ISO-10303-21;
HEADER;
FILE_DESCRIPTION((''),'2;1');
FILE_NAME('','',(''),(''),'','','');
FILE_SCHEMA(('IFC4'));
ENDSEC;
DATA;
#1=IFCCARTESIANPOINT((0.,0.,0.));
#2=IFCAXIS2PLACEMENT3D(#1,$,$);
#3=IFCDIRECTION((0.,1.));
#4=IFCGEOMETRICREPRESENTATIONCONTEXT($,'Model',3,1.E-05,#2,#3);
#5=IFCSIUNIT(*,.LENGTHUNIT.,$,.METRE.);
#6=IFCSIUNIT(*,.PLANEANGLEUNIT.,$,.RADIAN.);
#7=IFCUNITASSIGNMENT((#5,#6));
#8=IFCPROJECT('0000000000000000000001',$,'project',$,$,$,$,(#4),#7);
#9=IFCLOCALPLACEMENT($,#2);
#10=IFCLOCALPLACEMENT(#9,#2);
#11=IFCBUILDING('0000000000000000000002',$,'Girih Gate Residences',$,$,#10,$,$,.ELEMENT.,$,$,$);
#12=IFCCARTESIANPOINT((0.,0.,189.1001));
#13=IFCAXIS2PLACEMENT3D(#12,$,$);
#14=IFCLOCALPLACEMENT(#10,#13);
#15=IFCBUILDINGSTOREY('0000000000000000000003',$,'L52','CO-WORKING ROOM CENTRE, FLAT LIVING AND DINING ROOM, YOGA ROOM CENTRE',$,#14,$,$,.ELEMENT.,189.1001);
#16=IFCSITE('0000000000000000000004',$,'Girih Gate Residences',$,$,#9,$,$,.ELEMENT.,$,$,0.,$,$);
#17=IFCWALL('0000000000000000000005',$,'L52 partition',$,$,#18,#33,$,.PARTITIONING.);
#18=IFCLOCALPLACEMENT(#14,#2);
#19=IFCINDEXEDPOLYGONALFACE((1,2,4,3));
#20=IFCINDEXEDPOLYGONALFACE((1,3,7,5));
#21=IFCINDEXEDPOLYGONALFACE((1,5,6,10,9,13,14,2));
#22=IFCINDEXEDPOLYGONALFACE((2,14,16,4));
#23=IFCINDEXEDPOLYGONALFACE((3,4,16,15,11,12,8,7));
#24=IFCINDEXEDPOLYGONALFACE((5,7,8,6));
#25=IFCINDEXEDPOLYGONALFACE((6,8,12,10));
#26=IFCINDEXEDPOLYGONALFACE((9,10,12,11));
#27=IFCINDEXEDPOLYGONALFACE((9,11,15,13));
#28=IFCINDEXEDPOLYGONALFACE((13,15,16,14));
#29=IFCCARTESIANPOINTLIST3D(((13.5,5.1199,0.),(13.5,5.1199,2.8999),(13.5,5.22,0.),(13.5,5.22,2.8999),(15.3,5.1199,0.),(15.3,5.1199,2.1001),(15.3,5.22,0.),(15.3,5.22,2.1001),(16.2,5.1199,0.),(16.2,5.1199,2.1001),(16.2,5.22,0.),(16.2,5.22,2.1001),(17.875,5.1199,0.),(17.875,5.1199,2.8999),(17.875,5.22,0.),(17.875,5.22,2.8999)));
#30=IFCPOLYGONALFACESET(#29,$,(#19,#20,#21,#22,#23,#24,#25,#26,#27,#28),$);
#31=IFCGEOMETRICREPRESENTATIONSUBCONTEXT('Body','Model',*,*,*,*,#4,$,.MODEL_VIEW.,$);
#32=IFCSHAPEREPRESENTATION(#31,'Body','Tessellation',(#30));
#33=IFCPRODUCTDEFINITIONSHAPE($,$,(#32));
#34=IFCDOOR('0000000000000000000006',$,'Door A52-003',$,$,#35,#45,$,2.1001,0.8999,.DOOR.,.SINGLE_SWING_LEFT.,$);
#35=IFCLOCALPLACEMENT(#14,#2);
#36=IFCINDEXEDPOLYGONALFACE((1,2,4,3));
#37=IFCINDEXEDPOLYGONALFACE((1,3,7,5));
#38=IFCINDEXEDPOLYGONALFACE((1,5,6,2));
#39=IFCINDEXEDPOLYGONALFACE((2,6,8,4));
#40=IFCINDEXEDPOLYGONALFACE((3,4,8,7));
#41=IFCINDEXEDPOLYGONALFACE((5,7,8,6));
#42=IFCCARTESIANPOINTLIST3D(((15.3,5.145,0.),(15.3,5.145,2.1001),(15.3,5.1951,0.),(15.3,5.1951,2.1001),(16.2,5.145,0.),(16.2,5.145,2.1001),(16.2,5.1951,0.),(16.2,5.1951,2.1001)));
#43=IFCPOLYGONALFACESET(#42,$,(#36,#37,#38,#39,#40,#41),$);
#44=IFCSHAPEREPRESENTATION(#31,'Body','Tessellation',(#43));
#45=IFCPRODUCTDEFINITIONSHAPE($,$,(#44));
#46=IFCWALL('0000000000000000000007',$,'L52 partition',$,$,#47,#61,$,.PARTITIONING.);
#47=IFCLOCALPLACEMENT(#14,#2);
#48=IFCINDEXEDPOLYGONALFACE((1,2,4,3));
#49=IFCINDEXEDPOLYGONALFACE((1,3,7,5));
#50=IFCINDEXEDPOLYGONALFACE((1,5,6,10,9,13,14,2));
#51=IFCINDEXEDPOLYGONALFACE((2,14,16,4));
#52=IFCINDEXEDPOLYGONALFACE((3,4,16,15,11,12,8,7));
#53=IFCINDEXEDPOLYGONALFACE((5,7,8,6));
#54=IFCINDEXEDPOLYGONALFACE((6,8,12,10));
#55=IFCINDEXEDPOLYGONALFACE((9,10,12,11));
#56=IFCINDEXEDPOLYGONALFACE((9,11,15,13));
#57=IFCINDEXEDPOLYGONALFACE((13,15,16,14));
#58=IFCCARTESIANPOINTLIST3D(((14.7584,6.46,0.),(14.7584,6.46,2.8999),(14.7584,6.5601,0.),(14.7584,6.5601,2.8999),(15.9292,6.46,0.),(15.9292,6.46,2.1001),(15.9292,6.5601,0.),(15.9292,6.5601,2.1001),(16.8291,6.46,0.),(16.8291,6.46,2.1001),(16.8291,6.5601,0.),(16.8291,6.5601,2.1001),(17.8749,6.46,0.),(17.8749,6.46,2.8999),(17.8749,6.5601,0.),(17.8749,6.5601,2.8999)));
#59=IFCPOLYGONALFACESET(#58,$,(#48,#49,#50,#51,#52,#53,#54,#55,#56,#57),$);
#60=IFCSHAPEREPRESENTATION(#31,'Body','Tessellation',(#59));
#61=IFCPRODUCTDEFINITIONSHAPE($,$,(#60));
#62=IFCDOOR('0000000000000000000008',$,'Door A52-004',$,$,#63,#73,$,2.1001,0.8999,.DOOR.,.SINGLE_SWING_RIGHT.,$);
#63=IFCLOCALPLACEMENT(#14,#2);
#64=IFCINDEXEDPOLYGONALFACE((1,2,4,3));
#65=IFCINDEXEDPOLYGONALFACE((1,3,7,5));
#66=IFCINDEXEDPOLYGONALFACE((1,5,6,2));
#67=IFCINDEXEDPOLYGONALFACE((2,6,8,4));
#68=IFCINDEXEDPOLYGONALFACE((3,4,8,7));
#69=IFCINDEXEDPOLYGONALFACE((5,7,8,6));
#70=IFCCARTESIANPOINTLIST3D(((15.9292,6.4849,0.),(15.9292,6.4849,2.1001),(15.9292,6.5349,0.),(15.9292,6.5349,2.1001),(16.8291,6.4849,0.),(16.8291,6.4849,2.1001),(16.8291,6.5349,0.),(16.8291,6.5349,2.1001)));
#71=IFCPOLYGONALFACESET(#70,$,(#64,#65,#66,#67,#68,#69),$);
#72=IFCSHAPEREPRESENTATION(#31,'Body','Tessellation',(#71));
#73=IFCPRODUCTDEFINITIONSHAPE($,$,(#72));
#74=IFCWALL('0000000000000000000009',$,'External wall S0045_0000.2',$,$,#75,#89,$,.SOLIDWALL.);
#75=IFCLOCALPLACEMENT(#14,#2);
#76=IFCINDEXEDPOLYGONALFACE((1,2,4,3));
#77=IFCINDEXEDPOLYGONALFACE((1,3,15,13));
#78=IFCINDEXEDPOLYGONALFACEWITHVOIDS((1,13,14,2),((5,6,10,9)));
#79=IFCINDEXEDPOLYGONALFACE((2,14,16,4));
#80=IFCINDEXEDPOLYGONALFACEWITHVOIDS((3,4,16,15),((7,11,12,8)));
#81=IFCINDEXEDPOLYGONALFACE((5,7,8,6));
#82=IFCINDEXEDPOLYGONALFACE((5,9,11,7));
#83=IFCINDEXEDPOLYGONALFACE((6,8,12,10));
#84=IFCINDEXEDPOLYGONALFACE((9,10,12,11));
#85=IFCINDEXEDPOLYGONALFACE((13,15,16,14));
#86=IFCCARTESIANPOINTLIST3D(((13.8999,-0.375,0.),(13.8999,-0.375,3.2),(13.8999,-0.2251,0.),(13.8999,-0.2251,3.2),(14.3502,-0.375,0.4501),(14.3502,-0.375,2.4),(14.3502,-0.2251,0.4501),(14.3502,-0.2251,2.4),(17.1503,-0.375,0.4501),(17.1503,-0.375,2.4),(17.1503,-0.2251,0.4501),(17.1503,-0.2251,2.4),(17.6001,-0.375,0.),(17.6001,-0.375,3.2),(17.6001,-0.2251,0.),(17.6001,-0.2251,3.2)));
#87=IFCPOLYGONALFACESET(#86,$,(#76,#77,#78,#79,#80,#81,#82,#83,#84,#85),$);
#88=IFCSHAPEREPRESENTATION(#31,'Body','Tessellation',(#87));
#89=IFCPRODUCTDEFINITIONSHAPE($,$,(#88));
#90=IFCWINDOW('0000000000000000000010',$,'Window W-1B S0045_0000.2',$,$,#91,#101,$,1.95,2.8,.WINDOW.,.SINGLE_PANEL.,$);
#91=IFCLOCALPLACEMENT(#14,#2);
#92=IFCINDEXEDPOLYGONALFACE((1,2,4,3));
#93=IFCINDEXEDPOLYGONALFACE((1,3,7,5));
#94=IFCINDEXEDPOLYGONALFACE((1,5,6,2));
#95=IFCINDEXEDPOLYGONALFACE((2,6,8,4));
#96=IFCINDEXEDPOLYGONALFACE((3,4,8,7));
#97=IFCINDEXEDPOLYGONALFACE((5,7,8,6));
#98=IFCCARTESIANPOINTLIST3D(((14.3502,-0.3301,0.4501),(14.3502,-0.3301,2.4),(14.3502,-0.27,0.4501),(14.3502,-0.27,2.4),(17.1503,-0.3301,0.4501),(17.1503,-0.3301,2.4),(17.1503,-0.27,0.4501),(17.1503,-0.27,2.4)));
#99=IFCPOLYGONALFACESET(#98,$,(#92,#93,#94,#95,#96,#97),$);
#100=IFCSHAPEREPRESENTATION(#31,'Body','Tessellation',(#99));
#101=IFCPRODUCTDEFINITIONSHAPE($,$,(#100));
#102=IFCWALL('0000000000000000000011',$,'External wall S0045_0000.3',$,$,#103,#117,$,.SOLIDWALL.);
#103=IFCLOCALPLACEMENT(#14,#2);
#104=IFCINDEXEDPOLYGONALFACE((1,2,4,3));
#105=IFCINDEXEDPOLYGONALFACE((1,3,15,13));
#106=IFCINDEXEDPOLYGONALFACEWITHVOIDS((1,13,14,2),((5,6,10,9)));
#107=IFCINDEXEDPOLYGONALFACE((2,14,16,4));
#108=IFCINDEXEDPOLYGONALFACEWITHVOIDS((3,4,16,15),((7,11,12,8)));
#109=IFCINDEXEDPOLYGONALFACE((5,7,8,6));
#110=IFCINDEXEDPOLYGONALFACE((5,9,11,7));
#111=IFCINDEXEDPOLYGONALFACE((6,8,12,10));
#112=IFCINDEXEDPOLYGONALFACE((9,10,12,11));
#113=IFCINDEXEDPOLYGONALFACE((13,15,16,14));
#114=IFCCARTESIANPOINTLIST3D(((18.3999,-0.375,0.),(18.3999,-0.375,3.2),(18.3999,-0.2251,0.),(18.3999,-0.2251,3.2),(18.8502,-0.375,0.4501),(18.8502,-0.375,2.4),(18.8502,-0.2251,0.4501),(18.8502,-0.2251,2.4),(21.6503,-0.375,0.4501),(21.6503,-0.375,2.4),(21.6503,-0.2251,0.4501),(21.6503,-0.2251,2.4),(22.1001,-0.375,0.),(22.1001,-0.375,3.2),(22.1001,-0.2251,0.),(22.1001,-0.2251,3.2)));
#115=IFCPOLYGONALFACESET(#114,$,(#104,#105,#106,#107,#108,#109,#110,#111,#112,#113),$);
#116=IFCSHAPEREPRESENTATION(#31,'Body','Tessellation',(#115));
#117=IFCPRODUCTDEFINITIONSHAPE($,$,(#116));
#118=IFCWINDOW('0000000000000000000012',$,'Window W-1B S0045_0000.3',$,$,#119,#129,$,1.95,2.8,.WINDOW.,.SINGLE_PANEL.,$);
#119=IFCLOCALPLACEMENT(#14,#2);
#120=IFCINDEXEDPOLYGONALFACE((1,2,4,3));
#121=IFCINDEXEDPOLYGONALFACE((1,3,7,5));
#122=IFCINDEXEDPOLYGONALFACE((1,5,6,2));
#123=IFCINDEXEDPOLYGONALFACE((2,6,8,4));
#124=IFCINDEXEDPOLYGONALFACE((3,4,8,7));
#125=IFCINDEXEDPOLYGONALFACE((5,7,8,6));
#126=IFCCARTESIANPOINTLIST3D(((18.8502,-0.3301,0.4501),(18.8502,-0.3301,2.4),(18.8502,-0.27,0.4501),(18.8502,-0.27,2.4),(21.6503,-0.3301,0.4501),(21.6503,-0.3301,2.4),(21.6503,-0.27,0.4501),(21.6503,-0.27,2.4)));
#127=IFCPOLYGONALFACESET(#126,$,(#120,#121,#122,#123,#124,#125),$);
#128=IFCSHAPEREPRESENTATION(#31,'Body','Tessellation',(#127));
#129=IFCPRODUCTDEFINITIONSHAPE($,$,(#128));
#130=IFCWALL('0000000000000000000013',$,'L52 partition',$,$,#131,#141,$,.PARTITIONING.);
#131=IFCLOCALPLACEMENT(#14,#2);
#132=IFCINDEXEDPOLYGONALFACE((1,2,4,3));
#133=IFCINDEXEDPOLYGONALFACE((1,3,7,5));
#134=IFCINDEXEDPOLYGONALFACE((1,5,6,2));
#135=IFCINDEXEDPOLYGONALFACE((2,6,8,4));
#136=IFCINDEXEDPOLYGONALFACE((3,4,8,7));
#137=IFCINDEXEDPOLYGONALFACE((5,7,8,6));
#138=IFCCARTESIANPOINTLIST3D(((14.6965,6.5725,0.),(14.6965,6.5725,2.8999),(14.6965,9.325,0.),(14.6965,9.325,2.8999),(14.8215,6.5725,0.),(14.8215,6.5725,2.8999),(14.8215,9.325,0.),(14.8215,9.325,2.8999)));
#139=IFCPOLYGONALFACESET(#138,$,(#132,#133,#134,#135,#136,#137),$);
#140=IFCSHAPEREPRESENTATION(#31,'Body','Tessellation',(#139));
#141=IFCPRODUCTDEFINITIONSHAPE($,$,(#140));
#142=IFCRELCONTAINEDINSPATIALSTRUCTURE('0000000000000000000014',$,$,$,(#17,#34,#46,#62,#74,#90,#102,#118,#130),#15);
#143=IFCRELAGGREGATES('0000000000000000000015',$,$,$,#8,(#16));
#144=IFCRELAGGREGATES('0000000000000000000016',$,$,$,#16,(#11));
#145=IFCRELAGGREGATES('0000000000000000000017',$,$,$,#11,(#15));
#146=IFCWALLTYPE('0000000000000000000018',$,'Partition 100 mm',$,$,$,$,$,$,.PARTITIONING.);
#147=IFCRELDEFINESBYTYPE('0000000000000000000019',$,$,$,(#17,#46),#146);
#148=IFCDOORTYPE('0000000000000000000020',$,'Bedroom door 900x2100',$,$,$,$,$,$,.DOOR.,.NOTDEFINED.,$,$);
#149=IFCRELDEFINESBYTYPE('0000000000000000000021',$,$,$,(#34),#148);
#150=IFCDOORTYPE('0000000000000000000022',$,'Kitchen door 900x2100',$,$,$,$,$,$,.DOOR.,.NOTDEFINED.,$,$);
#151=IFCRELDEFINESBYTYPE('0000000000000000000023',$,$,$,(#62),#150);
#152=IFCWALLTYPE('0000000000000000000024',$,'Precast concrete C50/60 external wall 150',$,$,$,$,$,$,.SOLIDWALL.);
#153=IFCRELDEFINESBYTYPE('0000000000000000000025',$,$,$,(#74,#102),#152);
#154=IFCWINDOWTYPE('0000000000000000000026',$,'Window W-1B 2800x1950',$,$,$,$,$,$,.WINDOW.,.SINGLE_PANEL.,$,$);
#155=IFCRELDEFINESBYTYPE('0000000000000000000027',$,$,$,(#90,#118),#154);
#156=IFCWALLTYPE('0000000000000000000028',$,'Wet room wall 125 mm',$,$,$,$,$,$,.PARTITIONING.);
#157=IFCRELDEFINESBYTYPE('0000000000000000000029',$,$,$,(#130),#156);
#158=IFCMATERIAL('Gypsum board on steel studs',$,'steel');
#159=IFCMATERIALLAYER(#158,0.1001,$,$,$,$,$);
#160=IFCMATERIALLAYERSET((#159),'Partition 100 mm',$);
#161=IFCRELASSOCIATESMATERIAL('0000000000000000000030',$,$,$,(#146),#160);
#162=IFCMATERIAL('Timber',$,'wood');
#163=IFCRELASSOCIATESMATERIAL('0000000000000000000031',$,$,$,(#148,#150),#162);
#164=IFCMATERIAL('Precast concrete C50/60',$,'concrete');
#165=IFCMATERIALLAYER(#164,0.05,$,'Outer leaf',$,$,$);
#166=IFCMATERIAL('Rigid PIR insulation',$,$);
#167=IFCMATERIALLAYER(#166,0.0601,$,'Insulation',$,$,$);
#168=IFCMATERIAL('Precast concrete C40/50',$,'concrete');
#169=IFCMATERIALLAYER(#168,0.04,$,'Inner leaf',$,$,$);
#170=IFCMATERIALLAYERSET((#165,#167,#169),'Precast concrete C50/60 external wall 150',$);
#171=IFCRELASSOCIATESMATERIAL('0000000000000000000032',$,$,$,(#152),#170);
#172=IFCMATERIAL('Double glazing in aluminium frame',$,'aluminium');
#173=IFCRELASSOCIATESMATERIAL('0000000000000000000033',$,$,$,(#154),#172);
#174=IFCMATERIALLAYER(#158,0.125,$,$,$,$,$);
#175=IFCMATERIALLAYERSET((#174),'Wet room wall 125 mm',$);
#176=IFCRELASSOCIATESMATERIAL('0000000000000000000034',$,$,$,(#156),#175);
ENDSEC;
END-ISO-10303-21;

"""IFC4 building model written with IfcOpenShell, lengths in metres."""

from ifc_helpers import new_model, si_unit, direction, frame, frame_2d, origin, place, context, subcontext, project, spatial, rectangle, extrude, material, layer, layer_set, type_object, element, fill, save


model = new_model("IFC4")

# Units and contexts
model_context = context("Model", 3, precision=1e-05, world=origin(), true_north=direction((0.0, 1.0)))
body_context = subcontext(model_context, "Body", "Model", "MODEL_VIEW")
ifc_project = project(units=[si_unit("LENGTHUNIT", "METRE"), si_unit("PLANEANGLEUNIT", "RADIAN")], contexts=[model_context])

# Site, building, storey
site_placement = place(None, origin())
site = spatial("IfcSite", under=ifc_project, at=site_placement, Name="Girih Gate Residences", CompositionType="ELEMENT", RefElevation=0.0)
building_placement = place(site_placement, origin())
building = spatial("IfcBuilding", under=site, at=building_placement, Name="Girih Gate Residences", CompositionType="ELEMENT")
storey_placement = place(building_placement, frame((0.0, 0.0, 189.1001)))
storey = spatial("IfcBuildingStorey", under=building, at=storey_placement, Name="L52", Description="CO-WORKING ROOM CENTRE, FLAT LIVING AND DINING ROOM, YOGA ROOM CENTRE", CompositionType="ELEMENT", Elevation=189.1001)

# Shared definitions
ifc_material_1 = material(Name="Gypsum board on steel studs", Category="steel")
ifc_layer_1 = layer(ifc_material_1, 0.1001)
ifc_layer_set_1 = layer_set([ifc_layer_1], Name="Partition 100 mm")
wall_type_1 = type_object("IfcWallType", Name="Partition 100 mm", PredefinedType="PARTITIONING", material=ifc_layer_set_1)

# Walls, openings, doors
ifc_material_2 = material(Name="Timber", Category="wood")
door_type_1 = type_object("IfcDoorType", Name="Bedroom door 900x2100", OperationType="NOTDEFINED", PredefinedType="DOOR", material=ifc_material_2)
wall_1_placement = place(storey_placement, frame((17.875, 5.1699, 0.0), z_axis=(0.0, 0.0, 1.0), x_axis=(-1.0, 0.0, 0.0)))
wall_1 = element("IfcWall", 1, at=wall_1_placement, inside=storey, type_object=wall_type_1, Name="L52 partition", PredefinedType="PARTITIONING", context=body_context, shape_type="SweptSolid", body=[
    extrude(rectangle(XDim=4.375, YDim=0.1001, at=frame_2d((2.1875, 0.0))), origin(), (0.0, 0.0, 1.0), 2.8999),
])
opening_1_placement = place(wall_1_placement, frame((1.675, 0.0, 0.0)))
opening_1 = element("IfcOpeningElement", 2, at=opening_1_placement, cuts=wall_1, PredefinedType="OPENING", context=body_context, shape_type="SweptSolid", body=[
    extrude(rectangle(XDim=0.8999, YDim=2.1001, at=frame_2d((0.45, 1.05))), frame((0.0, 0.0601, 0.0), z_axis=(0.0, -1.0, 0.0), x_axis=(1.0, 0.0, 0.0)), (0.0, 0.0, 1.0), 0.1201),
])
door_1_placement = place(opening_1_placement, origin())
door_1 = element("IfcDoor", 3, at=door_1_placement, inside=storey, type_object=door_type_1, Name="Door A52-003", OperationType="SINGLE_SWING_LEFT", OverallHeight=2.1001, OverallWidth=0.8999, PredefinedType="DOOR", context=body_context, shape_type="SweptSolid", body=[
    extrude(rectangle(XDim=0.8999, YDim=2.1001, at=frame_2d((0.45, 1.05))), frame((0.0, 0.0249, 0.0), z_axis=(0.0, -1.0, 0.0), x_axis=(1.0, 0.0, 0.0)), (0.0, 0.0, 1.0), 0.05),
])
fill(opening_1, door_1)
wall_2_placement = place(storey_placement, frame((14.7585, 6.51, 0.0), z_axis=(0.0, 0.0, 1.0), x_axis=(1.0, 0.0, 0.0)))
wall_2 = element("IfcWall", 4, at=wall_2_placement, inside=storey, type_object=wall_type_1, Name="L52 partition", PredefinedType="PARTITIONING", context=body_context, shape_type="SweptSolid", body=[
    extrude(rectangle(XDim=3.1165, YDim=0.1001, at=frame_2d((1.5581, 0.0))), origin(), (0.0, 0.0, 1.0), 2.8999),
])
opening_2_placement = place(wall_2_placement, frame((1.1707, 0.0, 0.0)))
opening_2 = element("IfcOpeningElement", 5, at=opening_2_placement, cuts=wall_2, PredefinedType="OPENING", context=body_context, shape_type="SweptSolid", body=[
    extrude(rectangle(XDim=0.8999, YDim=2.1001, at=frame_2d((0.45, 1.05))), frame((0.0, 0.0601, 0.0), z_axis=(0.0, -1.0, 0.0), x_axis=(1.0, 0.0, 0.0)), (0.0, 0.0, 1.0), 0.1201),
])
door_type_2 = type_object("IfcDoorType", Name="Kitchen door 900x2100", OperationType="NOTDEFINED", PredefinedType="DOOR", material=ifc_material_2)
door_2_placement = place(opening_2_placement, origin())
door_2 = element("IfcDoor", 6, at=door_2_placement, inside=storey, type_object=door_type_2, Name="Door A52-004", OperationType="SINGLE_SWING_RIGHT", OverallHeight=2.1001, OverallWidth=0.8999, PredefinedType="DOOR", context=body_context, shape_type="SweptSolid", body=[
    extrude(rectangle(XDim=0.8999, YDim=2.1001, at=frame_2d((0.45, 1.05))), frame((0.0, 0.0249, 0.0), z_axis=(0.0, -1.0, 0.0), x_axis=(1.0, 0.0, 0.0)), (0.0, 0.0, 1.0), 0.05),
])
fill(opening_2, door_2)

# Walls, openings, windows
ifc_material_3 = material(Name="Precast concrete C50/60", Category="concrete")
ifc_layer_2 = layer(ifc_material_3, 0.05, Name="Outer leaf")
ifc_material_4 = material(Name="Rigid PIR insulation")
ifc_layer_3 = layer(ifc_material_4, 0.0601, Name="Insulation")
ifc_material_5 = material(Name="Precast concrete C40/50", Category="concrete")
ifc_layer_4 = layer(ifc_material_5, 0.04, Name="Inner leaf")
ifc_layer_set_2 = layer_set([ifc_layer_2, ifc_layer_3, ifc_layer_4], Name="Precast concrete C50/60 external wall 150")
wall_type_2 = type_object("IfcWallType", Name="Precast concrete C50/60 external wall 150", PredefinedType="SOLIDWALL", material=ifc_layer_set_2)
wall_3_placement = place(storey_placement, frame((17.6001, -0.3, 0.0), z_axis=(0.0, 0.0, 1.0), x_axis=(-1.0, 0.0, 0.0)))
wall_3 = element("IfcWall", 7, at=wall_3_placement, inside=storey, type_object=wall_type_2, Name="External wall S0045_0000.2", PredefinedType="SOLIDWALL", context=body_context, shape_type="SweptSolid", body=[
    extrude(rectangle(XDim=3.7002, YDim=0.1499, at=frame_2d((1.8501, 0.0))), origin(), (0.0, 0.0, 1.0), 3.2),
])
opening_3_placement = place(wall_3_placement, frame((0.45, 0.0, 0.45)))
opening_3 = element("IfcOpeningElement", 8, at=opening_3_placement, cuts=wall_3, PredefinedType="OPENING", context=body_context, shape_type="SweptSolid", body=[
    extrude(rectangle(XDim=2.8, YDim=1.95, at=frame_2d((1.3999, 0.9751))), frame((0.0, 0.085, 0.0), z_axis=(0.0, -1.0, 0.0), x_axis=(1.0, 0.0, 0.0)), (0.0, 0.0, 1.0), 0.1699),
])
ifc_material_6 = material(Name="Double glazing in aluminium frame", Category="aluminium")
window_type = type_object("IfcWindowType", Name="Window W-1B 2800x1950", PartitioningType="SINGLE_PANEL", PredefinedType="WINDOW", material=ifc_material_6)
window_1_placement = place(opening_3_placement, origin())
window_1 = element("IfcWindow", 9, at=window_1_placement, inside=storey, type_object=window_type, Name="Window W-1B S0045_0000.2", OverallHeight=1.95, OverallWidth=2.8, PartitioningType="SINGLE_PANEL", PredefinedType="WINDOW", context=body_context, shape_type="SweptSolid", body=[
    extrude(rectangle(XDim=2.8, YDim=1.95, at=frame_2d((1.3999, 0.9751))), frame((0.0, 0.03, 0.0), z_axis=(0.0, -1.0, 0.0), x_axis=(1.0, 0.0, 0.0)), (0.0, 0.0, 1.0), 0.0601),
])
fill(opening_3, window_1)
wall_4_placement = place(storey_placement, frame((22.1001, -0.3, 0.0), z_axis=(0.0, 0.0, 1.0), x_axis=(-1.0, 0.0, 0.0)))
wall_4 = element("IfcWall", 10, at=wall_4_placement, inside=storey, type_object=wall_type_2, Name="External wall S0045_0000.3", PredefinedType="SOLIDWALL", context=body_context, shape_type="SweptSolid", body=[
    extrude(rectangle(XDim=3.7002, YDim=0.1499, at=frame_2d((1.8501, 0.0))), origin(), (0.0, 0.0, 1.0), 3.2),
])
opening_4_placement = place(wall_4_placement, frame((0.45, 0.0, 0.45)))
opening_4 = element("IfcOpeningElement", 11, at=opening_4_placement, cuts=wall_4, PredefinedType="OPENING", context=body_context, shape_type="SweptSolid", body=[
    extrude(rectangle(XDim=2.8, YDim=1.95, at=frame_2d((1.3999, 0.9751))), frame((0.0, 0.085, 0.0), z_axis=(0.0, -1.0, 0.0), x_axis=(1.0, 0.0, 0.0)), (0.0, 0.0, 1.0), 0.1699),
])
window_2_placement = place(opening_4_placement, origin())
window_2 = element("IfcWindow", 12, at=window_2_placement, inside=storey, type_object=window_type, Name="Window W-1B S0045_0000.3", OverallHeight=1.95, OverallWidth=2.8, PartitioningType="SINGLE_PANEL", PredefinedType="WINDOW", context=body_context, shape_type="SweptSolid", body=[
    extrude(rectangle(XDim=2.8, YDim=1.95, at=frame_2d((1.3999, 0.9751))), frame((0.0, 0.03, 0.0), z_axis=(0.0, -1.0, 0.0), x_axis=(1.0, 0.0, 0.0)), (0.0, 0.0, 1.0), 0.0601),
])
fill(opening_4, window_2)

# Wall
ifc_layer_5 = layer(ifc_material_1, 0.125)
ifc_layer_set_3 = layer_set([ifc_layer_5], Name="Wet room wall 125 mm")
wall_type_3 = type_object("IfcWallType", Name="Wet room wall 125 mm", PredefinedType="PARTITIONING", material=ifc_layer_set_3)
wall_5_placement = place(storey_placement, frame((14.759, 6.5725, 0.0), z_axis=(0.0, 0.0, 1.0), x_axis=(0.0, 1.0, 0.0)))
element("IfcWall", 13, at=wall_5_placement, inside=storey, type_object=wall_type_3, Name="L52 partition", PredefinedType="PARTITIONING", context=body_context, shape_type="SweptSolid", body=[
    extrude(rectangle(XDim=2.7524, YDim=0.125, at=frame_2d((1.3762, 0.0))), origin(), (0.0, 0.0, 1.0), 2.8999),
])

save(model, "model.ifc")
